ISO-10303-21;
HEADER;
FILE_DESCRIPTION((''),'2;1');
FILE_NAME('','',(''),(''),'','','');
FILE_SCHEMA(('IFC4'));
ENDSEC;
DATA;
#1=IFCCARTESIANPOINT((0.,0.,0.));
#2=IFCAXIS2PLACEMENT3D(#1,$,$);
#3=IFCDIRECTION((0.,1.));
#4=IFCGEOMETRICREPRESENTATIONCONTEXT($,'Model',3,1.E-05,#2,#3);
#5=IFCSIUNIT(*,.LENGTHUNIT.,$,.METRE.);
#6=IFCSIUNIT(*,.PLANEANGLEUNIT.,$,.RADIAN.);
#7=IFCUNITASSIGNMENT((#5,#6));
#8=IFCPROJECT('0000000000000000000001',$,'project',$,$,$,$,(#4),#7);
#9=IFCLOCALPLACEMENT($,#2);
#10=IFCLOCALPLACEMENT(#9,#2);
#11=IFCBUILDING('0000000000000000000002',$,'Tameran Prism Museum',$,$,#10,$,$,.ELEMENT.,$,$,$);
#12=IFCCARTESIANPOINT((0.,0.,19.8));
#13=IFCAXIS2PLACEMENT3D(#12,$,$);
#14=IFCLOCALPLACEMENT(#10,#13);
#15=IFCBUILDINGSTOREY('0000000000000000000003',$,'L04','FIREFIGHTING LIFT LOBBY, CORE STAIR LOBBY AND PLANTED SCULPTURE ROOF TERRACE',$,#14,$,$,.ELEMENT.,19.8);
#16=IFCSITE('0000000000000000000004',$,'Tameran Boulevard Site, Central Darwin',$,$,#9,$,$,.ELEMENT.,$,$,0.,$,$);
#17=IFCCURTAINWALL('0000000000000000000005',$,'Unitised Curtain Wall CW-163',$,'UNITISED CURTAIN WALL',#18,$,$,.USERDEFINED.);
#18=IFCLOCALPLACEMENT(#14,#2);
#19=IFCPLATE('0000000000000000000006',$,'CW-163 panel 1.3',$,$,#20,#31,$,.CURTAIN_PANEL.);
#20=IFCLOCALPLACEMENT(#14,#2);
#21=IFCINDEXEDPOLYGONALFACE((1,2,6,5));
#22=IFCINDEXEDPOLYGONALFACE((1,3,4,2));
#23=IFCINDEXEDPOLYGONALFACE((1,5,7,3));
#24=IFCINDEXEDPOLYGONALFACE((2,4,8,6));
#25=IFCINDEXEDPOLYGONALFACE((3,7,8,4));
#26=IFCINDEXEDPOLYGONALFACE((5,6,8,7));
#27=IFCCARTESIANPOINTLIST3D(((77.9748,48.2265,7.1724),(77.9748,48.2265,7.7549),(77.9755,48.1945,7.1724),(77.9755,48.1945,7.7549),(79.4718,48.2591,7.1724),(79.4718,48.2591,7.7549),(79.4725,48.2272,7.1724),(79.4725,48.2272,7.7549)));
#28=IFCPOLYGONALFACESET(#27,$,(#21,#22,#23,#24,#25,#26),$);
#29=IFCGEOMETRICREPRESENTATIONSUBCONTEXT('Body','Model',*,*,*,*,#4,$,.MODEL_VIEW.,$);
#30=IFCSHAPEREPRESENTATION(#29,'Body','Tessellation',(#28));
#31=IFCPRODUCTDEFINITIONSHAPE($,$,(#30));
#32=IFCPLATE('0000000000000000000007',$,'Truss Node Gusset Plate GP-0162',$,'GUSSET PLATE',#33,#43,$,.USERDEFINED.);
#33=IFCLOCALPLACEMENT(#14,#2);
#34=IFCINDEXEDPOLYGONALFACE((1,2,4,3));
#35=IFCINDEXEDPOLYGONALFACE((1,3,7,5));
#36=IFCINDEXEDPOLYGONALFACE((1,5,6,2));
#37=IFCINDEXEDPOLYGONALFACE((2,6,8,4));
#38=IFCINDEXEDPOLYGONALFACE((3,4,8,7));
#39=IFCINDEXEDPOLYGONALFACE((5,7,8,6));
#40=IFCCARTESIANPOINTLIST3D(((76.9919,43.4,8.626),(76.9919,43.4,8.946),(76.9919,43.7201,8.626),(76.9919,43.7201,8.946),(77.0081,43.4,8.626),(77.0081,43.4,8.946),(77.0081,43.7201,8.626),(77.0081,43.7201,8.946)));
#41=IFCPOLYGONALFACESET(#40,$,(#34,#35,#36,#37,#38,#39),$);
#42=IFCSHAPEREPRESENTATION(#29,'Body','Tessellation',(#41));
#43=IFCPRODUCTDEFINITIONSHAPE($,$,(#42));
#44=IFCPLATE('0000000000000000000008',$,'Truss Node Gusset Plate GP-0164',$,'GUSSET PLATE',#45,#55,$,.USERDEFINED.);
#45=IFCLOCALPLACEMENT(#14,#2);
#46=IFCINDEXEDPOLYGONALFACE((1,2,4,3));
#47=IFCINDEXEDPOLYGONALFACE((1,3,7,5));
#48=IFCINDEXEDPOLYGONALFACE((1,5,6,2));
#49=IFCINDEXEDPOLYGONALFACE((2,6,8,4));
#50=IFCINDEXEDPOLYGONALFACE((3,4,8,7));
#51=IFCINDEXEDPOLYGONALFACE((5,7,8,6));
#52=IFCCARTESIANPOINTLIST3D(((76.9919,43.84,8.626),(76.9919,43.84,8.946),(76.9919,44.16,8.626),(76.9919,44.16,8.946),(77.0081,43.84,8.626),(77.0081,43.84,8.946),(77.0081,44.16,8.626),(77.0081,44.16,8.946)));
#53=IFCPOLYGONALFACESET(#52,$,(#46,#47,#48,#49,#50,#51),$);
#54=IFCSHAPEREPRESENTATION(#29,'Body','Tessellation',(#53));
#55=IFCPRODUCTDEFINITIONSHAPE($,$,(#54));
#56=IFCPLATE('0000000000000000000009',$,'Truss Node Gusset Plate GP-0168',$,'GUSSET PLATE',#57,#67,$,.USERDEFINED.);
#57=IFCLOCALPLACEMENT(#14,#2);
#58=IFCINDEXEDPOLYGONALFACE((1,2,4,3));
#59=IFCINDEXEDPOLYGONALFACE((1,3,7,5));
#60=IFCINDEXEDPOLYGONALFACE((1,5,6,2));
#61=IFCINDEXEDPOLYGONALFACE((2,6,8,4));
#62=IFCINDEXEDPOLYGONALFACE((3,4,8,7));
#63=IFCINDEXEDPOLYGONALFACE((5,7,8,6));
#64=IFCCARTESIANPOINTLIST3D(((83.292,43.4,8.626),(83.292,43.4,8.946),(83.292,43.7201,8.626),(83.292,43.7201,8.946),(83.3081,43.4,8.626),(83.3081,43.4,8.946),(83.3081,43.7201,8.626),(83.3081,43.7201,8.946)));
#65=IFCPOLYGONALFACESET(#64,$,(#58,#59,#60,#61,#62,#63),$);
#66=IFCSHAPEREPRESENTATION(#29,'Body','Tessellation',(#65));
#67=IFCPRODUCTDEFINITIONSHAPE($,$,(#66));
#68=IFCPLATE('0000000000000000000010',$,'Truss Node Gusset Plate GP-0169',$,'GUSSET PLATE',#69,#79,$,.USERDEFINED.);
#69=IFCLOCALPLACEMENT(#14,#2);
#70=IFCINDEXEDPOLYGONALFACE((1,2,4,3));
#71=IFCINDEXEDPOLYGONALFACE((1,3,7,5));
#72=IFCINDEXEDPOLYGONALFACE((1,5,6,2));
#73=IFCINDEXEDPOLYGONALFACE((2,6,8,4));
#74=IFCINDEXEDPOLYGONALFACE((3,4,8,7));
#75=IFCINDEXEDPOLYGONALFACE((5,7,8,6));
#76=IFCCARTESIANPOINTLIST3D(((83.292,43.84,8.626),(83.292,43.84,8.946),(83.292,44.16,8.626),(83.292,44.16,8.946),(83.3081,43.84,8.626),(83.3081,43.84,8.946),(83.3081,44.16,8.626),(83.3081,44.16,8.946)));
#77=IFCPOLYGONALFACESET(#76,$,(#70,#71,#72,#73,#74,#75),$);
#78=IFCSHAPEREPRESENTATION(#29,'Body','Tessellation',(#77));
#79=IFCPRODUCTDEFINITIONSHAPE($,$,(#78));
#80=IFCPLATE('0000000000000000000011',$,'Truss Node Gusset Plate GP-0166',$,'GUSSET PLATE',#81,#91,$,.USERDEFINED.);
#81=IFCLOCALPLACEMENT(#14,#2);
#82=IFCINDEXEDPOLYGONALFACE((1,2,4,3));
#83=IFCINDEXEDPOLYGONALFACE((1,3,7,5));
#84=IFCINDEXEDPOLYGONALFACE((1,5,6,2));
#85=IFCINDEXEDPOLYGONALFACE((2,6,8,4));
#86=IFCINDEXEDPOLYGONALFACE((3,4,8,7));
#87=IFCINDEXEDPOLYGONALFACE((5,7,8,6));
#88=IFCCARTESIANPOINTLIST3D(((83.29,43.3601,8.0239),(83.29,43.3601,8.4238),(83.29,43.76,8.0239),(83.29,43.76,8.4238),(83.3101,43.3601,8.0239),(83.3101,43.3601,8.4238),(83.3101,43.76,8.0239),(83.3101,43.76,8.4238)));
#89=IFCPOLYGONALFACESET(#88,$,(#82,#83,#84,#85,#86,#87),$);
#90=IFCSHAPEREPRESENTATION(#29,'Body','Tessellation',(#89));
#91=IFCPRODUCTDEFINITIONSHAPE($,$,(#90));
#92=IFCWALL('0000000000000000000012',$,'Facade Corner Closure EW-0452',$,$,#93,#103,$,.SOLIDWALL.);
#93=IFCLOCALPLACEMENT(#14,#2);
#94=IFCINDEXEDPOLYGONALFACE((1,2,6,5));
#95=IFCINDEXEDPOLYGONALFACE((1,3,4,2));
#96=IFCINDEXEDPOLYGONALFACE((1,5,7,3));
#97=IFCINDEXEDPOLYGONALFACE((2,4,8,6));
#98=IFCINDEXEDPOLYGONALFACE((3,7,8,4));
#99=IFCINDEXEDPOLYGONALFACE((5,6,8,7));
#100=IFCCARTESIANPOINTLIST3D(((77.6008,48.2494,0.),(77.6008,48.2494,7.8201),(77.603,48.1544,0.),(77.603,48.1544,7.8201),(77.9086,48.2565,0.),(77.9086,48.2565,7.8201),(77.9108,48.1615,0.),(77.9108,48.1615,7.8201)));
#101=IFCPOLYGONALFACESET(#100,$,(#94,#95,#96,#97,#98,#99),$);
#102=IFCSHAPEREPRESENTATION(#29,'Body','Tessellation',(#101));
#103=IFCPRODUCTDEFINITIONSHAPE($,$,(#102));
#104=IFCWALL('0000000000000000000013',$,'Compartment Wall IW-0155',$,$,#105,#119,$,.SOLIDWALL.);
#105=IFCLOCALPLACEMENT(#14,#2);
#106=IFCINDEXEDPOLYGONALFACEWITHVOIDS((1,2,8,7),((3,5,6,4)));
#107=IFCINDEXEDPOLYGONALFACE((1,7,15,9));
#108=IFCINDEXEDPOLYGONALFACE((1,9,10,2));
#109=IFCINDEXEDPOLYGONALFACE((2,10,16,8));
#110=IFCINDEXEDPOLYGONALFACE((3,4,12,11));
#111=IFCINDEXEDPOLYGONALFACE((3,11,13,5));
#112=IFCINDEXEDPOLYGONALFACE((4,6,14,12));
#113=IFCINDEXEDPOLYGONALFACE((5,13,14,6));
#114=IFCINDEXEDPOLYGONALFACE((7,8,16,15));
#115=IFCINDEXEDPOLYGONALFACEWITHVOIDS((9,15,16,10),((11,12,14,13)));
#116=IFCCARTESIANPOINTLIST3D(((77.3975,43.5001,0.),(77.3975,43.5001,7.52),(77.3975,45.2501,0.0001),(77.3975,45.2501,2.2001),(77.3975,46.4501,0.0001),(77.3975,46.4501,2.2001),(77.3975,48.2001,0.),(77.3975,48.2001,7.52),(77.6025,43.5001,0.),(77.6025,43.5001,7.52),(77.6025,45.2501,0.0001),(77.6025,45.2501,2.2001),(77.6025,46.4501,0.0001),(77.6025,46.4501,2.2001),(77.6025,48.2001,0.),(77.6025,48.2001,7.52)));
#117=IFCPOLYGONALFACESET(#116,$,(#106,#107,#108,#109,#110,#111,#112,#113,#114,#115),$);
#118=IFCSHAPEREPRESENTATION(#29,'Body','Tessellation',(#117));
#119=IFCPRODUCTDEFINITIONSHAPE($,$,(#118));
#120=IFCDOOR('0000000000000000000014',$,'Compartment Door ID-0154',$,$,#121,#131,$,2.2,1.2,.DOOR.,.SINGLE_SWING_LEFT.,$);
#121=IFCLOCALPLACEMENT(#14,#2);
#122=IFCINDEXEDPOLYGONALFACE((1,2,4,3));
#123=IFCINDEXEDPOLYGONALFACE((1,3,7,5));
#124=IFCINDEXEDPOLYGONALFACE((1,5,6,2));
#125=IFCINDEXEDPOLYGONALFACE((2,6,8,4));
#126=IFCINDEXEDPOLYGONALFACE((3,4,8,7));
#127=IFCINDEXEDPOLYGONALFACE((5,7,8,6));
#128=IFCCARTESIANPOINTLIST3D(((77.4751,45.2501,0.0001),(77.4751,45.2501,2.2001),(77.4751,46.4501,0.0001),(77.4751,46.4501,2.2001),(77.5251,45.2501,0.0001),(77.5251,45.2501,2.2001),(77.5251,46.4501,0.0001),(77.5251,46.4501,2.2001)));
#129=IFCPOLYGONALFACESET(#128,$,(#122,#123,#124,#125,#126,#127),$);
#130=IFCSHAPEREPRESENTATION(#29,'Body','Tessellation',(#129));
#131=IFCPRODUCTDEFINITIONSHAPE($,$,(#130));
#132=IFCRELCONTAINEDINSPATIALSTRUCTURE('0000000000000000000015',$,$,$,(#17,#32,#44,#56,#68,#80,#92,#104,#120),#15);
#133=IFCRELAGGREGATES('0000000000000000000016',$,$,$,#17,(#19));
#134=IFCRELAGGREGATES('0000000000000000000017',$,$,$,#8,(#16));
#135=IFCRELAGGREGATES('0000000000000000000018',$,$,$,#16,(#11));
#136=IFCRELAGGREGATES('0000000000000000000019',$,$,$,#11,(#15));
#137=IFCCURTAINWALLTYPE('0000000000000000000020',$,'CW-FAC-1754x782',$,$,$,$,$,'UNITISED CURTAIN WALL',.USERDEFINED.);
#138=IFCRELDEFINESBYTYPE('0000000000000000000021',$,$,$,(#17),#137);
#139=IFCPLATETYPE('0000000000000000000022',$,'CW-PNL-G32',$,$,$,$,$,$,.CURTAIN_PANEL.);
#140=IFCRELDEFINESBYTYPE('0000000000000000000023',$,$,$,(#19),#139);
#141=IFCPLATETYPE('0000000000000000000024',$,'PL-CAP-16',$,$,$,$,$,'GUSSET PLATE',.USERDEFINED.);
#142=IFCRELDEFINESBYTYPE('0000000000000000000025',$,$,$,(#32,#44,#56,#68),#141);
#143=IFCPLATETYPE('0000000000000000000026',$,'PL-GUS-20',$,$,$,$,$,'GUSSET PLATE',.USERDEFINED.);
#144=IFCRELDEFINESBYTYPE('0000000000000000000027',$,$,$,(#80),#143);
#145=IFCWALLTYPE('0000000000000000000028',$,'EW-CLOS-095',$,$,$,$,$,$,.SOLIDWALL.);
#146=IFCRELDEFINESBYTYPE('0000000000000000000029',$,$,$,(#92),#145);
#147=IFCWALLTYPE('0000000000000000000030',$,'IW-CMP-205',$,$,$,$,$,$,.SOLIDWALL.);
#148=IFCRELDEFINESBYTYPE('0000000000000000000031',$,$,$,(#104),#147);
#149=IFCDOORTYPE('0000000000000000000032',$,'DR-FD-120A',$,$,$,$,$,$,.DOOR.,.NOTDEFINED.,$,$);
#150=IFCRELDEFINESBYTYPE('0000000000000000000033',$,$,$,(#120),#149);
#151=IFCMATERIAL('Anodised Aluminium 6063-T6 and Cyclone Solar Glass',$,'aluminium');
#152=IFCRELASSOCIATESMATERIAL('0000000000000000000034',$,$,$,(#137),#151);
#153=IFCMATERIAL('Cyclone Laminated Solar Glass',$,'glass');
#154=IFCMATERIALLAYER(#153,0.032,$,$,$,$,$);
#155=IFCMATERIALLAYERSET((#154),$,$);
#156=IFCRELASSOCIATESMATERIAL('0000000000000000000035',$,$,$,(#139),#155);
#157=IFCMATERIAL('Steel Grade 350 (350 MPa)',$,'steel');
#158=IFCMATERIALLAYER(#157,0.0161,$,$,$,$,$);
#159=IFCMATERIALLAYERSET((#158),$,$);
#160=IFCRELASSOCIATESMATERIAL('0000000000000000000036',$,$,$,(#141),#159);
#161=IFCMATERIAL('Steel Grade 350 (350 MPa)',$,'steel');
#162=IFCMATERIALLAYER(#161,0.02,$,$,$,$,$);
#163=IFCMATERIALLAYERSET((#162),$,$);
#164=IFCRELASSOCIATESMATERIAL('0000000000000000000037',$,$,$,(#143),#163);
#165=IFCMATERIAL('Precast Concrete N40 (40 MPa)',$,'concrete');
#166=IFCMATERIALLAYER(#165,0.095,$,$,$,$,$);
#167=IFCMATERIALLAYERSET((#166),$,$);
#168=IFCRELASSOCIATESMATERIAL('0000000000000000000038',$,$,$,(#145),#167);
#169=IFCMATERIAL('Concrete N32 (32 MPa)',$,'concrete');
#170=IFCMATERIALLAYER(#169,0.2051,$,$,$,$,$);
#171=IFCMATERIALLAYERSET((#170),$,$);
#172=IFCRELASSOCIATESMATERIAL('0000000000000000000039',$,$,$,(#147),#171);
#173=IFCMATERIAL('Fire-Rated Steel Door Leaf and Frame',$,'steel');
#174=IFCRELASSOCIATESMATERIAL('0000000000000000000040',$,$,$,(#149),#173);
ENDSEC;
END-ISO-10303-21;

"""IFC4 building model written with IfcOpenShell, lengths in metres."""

from ifc_helpers import new_model, si_unit, direction, frame, frame_2d, origin, origin_2d, place, context, subcontext, project, spatial, rectangle, extrude, material, layer, layer_set, type_object, element, fill, aggregate, save


model = new_model("IFC4")

# Units and contexts
model_context = context("Model", 3, precision=1e-05, world=origin(), true_north=direction((0.0, 1.0)))
body_context = subcontext(model_context, "Body", "Model", "MODEL_VIEW")
ifc_project = project(units=[si_unit("LENGTHUNIT", "METRE"), si_unit("PLANEANGLEUNIT", "RADIAN")], contexts=[model_context])

# Site, building, storey
site_placement = place(None, origin())
site = spatial("IfcSite", under=ifc_project, at=site_placement, Name="Tameran Boulevard Site, Central Darwin", CompositionType="ELEMENT", RefElevation=0.0)
building_placement = place(site_placement, origin())
building = spatial("IfcBuilding", under=site, at=building_placement, Name="Tameran Prism Museum", CompositionType="ELEMENT")
storey_placement = place(building_placement, frame((0.0, 0.0, 19.8)))
storey = spatial("IfcBuildingStorey", under=building, at=storey_placement, Name="L04", Description="FIREFIGHTING LIFT LOBBY, CORE STAIR LOBBY AND PLANTED SCULPTURE ROOF TERRACE", CompositionType="ELEMENT", Elevation=19.8)

# Curtain wall
ifc_material_1 = material(Name="Anodised Aluminium 6063-T6 and Cyclone Solar Glass", Category="aluminium")
curtain_wall_type = type_object("IfcCurtainWallType", Name="CW-FAC-1754x782", ElementType="UNITISED CURTAIN WALL", PredefinedType="USERDEFINED", material=ifc_material_1)
curtain_wall_placement = place(storey_placement, origin())
curtain_wall = element("IfcCurtainWall", 1, at=curtain_wall_placement, inside=storey, type_object=curtain_wall_type, Name="Unitised Curtain Wall CW-163", ObjectType="UNITISED CURTAIN WALL", PredefinedType="USERDEFINED")

# Plate
ifc_material_2 = material(Name="Cyclone Laminated Solar Glass", Category="glass")
ifc_layer_1 = layer(ifc_material_2, 0.032)
ifc_layer_set_1 = layer_set([ifc_layer_1])
plate_type_1 = type_object("IfcPlateType", Name="CW-PNL-G32", PredefinedType="CURTAIN_PANEL", material=ifc_layer_set_1)
plate_1_placement = place(storey_placement, frame((78.7236, 48.2268, 7.1724), z_axis=(0.0, 0.0, 1.0), x_axis=(0.999762, 0.021831, 0.0)))
plate_1 = element("IfcPlate", 2, at=plate_1_placement, type_object=plate_type_1, Name="CW-163 panel 1.3", PredefinedType="CURTAIN_PANEL", context=body_context, shape_type="SweptSolid", body=[
    extrude(rectangle(XDim=1.4973, YDim=0.032, at=origin_2d()), origin(), (0.0, 0.0, 1.0), 0.5825),
])
aggregate(curtain_wall, [plate_1])

# Plates
ifc_material_3 = material(Name="Steel Grade 350 (350 MPa)", Category="steel")
ifc_layer_2 = layer(ifc_material_3, 0.0161)
ifc_layer_set_2 = layer_set([ifc_layer_2])
plate_type_2 = type_object("IfcPlateType", Name="PL-CAP-16", ElementType="GUSSET PLATE", PredefinedType="USERDEFINED", material=ifc_layer_set_2)
for number, where, z_axis, x_axis, name in (
    (3, (77.0, 43.5601, 8.626), (0.0, 0.0, 1.0), (1.0, 0.0, 0.0), "Truss Node Gusset Plate GP-0162"),
    (4, (77.0, 44.0, 8.626), (0.0, 0.0, 1.0), (1.0, 0.0, 0.0), "Truss Node Gusset Plate GP-0164"),
    (5, (83.3, 43.5601, 8.626), (0.0, 0.0, 1.0), (1.0, 0.0, 0.0), "Truss Node Gusset Plate GP-0168"),
    (6, (83.3, 44.0, 8.626), (0.0, 0.0, 1.0), (1.0, 0.0, 0.0), "Truss Node Gusset Plate GP-0169"),
):
    element("IfcPlate", number, at=place(storey_placement, frame(where, z_axis=z_axis, x_axis=x_axis)), inside=storey, type_object=plate_type_2, Name=name, ObjectType="GUSSET PLATE", PredefinedType="USERDEFINED", context=body_context, shape_type="SweptSolid", body=[
        extrude(rectangle(XDim=0.0161, YDim=0.3201, at=origin_2d()), origin(), (0.0, 0.0, 1.0), 0.3201),
    ])
ifc_material_4 = material(Name="Steel Grade 350 (350 MPa)", Category="steel")
ifc_layer_3 = layer(ifc_material_4, 0.02)
ifc_layer_set_3 = layer_set([ifc_layer_3])
plate_type_3 = type_object("IfcPlateType", Name="PL-GUS-20", ElementType="GUSSET PLATE", PredefinedType="USERDEFINED", material=ifc_layer_set_3)
plate_2_placement = place(storey_placement, frame((83.3, 43.5601, 8.0239), z_axis=(0.0, 0.0, 1.0), x_axis=(1.0, 0.0, 0.0)))
element("IfcPlate", 7, at=plate_2_placement, inside=storey, type_object=plate_type_3, Name="Truss Node Gusset Plate GP-0166", ObjectType="GUSSET PLATE", PredefinedType="USERDEFINED", context=body_context, shape_type="SweptSolid", body=[
    extrude(rectangle(XDim=0.02, YDim=0.3999, at=origin_2d()), origin(), (0.0, 0.0, 1.0), 0.3999),
])

# Wall
ifc_material_5 = material(Name="Precast Concrete N40 (40 MPa)", Category="concrete")
ifc_layer_4 = layer(ifc_material_5, 0.095)
ifc_layer_set_4 = layer_set([ifc_layer_4])
wall_type_1 = type_object("IfcWallType", Name="EW-CLOS-095", PredefinedType="SOLIDWALL", material=ifc_layer_set_4)
wall_1_placement = place(storey_placement, frame((77.6021, 48.2019, 0.0), z_axis=(0.0, 0.0, 1.0), x_axis=(0.999736, 0.022992, 0.0)))
element("IfcWall", 8, at=wall_1_placement, inside=storey, type_object=wall_type_1, Name="Facade Corner Closure EW-0452", PredefinedType="SOLIDWALL", context=body_context, shape_type="SweptSolid", body=[
    extrude(rectangle(XDim=0.3079, YDim=0.095, at=frame_2d((0.1538, 0.0))), origin(), (0.0, 0.0, 1.0), 7.8201),
])

# Wall, opening, door
ifc_material_6 = material(Name="Concrete N32 (32 MPa)", Category="concrete")
ifc_layer_5 = layer(ifc_material_6, 0.2051)
ifc_layer_set_5 = layer_set([ifc_layer_5])
wall_type_2 = type_object("IfcWallType", Name="IW-CMP-205", PredefinedType="SOLIDWALL", material=ifc_layer_set_5)
wall_2_placement = place(storey_placement, frame((77.5, 43.5, 0.0), z_axis=(0.0, 0.0, 1.0), x_axis=(0.0, 1.0, 0.0)))
wall_2 = element("IfcWall", 9, at=wall_2_placement, inside=storey, type_object=wall_type_2, Name="Compartment Wall IW-0155", PredefinedType="SOLIDWALL", context=body_context, shape_type="SweptSolid", body=[
    extrude(rectangle(XDim=4.7, YDim=0.2051, at=frame_2d((2.3501, 0.0))), origin(), (0.0, 0.0, 1.0), 7.52),
])
opening_placement = place(wall_2_placement, frame((1.75, 0.0, 0.0)))
opening = element("IfcOpeningElement", 10, at=opening_placement, cuts=wall_2, PredefinedType="OPENING", context=body_context, shape_type="SweptSolid", body=[
    extrude(rectangle(XDim=1.2, YDim=2.2, at=frame_2d((0.6001, 1.1001))), frame((0.0, 0.1125, 0.0), z_axis=(0.0, -1.0, 0.0), x_axis=(1.0, 0.0, 0.0)), (0.0, 0.0, 1.0), 0.2251),
])
ifc_material_7 = material(Name="Fire-Rated Steel Door Leaf and Frame", Category="steel")
door_type = type_object("IfcDoorType", Name="DR-FD-120A", OperationType="NOTDEFINED", PredefinedType="DOOR", material=ifc_material_7)
door_placement = place(opening_placement, origin())
door = element("IfcDoor", 11, at=door_placement, inside=storey, type_object=door_type, Name="Compartment Door ID-0154", OperationType="SINGLE_SWING_LEFT", OverallHeight=2.2, OverallWidth=1.2, PredefinedType="DOOR", context=body_context, shape_type="SweptSolid", body=[
    extrude(rectangle(XDim=1.2, YDim=2.2, at=frame_2d((0.6001, 1.1001))), frame((0.0, 0.0249, 0.0), z_axis=(0.0, -1.0, 0.0), x_axis=(1.0, 0.0, 0.0)), (0.0, 0.0, 1.0), 0.05),
])
fill(opening, door)

save(model, "model.ifc")
